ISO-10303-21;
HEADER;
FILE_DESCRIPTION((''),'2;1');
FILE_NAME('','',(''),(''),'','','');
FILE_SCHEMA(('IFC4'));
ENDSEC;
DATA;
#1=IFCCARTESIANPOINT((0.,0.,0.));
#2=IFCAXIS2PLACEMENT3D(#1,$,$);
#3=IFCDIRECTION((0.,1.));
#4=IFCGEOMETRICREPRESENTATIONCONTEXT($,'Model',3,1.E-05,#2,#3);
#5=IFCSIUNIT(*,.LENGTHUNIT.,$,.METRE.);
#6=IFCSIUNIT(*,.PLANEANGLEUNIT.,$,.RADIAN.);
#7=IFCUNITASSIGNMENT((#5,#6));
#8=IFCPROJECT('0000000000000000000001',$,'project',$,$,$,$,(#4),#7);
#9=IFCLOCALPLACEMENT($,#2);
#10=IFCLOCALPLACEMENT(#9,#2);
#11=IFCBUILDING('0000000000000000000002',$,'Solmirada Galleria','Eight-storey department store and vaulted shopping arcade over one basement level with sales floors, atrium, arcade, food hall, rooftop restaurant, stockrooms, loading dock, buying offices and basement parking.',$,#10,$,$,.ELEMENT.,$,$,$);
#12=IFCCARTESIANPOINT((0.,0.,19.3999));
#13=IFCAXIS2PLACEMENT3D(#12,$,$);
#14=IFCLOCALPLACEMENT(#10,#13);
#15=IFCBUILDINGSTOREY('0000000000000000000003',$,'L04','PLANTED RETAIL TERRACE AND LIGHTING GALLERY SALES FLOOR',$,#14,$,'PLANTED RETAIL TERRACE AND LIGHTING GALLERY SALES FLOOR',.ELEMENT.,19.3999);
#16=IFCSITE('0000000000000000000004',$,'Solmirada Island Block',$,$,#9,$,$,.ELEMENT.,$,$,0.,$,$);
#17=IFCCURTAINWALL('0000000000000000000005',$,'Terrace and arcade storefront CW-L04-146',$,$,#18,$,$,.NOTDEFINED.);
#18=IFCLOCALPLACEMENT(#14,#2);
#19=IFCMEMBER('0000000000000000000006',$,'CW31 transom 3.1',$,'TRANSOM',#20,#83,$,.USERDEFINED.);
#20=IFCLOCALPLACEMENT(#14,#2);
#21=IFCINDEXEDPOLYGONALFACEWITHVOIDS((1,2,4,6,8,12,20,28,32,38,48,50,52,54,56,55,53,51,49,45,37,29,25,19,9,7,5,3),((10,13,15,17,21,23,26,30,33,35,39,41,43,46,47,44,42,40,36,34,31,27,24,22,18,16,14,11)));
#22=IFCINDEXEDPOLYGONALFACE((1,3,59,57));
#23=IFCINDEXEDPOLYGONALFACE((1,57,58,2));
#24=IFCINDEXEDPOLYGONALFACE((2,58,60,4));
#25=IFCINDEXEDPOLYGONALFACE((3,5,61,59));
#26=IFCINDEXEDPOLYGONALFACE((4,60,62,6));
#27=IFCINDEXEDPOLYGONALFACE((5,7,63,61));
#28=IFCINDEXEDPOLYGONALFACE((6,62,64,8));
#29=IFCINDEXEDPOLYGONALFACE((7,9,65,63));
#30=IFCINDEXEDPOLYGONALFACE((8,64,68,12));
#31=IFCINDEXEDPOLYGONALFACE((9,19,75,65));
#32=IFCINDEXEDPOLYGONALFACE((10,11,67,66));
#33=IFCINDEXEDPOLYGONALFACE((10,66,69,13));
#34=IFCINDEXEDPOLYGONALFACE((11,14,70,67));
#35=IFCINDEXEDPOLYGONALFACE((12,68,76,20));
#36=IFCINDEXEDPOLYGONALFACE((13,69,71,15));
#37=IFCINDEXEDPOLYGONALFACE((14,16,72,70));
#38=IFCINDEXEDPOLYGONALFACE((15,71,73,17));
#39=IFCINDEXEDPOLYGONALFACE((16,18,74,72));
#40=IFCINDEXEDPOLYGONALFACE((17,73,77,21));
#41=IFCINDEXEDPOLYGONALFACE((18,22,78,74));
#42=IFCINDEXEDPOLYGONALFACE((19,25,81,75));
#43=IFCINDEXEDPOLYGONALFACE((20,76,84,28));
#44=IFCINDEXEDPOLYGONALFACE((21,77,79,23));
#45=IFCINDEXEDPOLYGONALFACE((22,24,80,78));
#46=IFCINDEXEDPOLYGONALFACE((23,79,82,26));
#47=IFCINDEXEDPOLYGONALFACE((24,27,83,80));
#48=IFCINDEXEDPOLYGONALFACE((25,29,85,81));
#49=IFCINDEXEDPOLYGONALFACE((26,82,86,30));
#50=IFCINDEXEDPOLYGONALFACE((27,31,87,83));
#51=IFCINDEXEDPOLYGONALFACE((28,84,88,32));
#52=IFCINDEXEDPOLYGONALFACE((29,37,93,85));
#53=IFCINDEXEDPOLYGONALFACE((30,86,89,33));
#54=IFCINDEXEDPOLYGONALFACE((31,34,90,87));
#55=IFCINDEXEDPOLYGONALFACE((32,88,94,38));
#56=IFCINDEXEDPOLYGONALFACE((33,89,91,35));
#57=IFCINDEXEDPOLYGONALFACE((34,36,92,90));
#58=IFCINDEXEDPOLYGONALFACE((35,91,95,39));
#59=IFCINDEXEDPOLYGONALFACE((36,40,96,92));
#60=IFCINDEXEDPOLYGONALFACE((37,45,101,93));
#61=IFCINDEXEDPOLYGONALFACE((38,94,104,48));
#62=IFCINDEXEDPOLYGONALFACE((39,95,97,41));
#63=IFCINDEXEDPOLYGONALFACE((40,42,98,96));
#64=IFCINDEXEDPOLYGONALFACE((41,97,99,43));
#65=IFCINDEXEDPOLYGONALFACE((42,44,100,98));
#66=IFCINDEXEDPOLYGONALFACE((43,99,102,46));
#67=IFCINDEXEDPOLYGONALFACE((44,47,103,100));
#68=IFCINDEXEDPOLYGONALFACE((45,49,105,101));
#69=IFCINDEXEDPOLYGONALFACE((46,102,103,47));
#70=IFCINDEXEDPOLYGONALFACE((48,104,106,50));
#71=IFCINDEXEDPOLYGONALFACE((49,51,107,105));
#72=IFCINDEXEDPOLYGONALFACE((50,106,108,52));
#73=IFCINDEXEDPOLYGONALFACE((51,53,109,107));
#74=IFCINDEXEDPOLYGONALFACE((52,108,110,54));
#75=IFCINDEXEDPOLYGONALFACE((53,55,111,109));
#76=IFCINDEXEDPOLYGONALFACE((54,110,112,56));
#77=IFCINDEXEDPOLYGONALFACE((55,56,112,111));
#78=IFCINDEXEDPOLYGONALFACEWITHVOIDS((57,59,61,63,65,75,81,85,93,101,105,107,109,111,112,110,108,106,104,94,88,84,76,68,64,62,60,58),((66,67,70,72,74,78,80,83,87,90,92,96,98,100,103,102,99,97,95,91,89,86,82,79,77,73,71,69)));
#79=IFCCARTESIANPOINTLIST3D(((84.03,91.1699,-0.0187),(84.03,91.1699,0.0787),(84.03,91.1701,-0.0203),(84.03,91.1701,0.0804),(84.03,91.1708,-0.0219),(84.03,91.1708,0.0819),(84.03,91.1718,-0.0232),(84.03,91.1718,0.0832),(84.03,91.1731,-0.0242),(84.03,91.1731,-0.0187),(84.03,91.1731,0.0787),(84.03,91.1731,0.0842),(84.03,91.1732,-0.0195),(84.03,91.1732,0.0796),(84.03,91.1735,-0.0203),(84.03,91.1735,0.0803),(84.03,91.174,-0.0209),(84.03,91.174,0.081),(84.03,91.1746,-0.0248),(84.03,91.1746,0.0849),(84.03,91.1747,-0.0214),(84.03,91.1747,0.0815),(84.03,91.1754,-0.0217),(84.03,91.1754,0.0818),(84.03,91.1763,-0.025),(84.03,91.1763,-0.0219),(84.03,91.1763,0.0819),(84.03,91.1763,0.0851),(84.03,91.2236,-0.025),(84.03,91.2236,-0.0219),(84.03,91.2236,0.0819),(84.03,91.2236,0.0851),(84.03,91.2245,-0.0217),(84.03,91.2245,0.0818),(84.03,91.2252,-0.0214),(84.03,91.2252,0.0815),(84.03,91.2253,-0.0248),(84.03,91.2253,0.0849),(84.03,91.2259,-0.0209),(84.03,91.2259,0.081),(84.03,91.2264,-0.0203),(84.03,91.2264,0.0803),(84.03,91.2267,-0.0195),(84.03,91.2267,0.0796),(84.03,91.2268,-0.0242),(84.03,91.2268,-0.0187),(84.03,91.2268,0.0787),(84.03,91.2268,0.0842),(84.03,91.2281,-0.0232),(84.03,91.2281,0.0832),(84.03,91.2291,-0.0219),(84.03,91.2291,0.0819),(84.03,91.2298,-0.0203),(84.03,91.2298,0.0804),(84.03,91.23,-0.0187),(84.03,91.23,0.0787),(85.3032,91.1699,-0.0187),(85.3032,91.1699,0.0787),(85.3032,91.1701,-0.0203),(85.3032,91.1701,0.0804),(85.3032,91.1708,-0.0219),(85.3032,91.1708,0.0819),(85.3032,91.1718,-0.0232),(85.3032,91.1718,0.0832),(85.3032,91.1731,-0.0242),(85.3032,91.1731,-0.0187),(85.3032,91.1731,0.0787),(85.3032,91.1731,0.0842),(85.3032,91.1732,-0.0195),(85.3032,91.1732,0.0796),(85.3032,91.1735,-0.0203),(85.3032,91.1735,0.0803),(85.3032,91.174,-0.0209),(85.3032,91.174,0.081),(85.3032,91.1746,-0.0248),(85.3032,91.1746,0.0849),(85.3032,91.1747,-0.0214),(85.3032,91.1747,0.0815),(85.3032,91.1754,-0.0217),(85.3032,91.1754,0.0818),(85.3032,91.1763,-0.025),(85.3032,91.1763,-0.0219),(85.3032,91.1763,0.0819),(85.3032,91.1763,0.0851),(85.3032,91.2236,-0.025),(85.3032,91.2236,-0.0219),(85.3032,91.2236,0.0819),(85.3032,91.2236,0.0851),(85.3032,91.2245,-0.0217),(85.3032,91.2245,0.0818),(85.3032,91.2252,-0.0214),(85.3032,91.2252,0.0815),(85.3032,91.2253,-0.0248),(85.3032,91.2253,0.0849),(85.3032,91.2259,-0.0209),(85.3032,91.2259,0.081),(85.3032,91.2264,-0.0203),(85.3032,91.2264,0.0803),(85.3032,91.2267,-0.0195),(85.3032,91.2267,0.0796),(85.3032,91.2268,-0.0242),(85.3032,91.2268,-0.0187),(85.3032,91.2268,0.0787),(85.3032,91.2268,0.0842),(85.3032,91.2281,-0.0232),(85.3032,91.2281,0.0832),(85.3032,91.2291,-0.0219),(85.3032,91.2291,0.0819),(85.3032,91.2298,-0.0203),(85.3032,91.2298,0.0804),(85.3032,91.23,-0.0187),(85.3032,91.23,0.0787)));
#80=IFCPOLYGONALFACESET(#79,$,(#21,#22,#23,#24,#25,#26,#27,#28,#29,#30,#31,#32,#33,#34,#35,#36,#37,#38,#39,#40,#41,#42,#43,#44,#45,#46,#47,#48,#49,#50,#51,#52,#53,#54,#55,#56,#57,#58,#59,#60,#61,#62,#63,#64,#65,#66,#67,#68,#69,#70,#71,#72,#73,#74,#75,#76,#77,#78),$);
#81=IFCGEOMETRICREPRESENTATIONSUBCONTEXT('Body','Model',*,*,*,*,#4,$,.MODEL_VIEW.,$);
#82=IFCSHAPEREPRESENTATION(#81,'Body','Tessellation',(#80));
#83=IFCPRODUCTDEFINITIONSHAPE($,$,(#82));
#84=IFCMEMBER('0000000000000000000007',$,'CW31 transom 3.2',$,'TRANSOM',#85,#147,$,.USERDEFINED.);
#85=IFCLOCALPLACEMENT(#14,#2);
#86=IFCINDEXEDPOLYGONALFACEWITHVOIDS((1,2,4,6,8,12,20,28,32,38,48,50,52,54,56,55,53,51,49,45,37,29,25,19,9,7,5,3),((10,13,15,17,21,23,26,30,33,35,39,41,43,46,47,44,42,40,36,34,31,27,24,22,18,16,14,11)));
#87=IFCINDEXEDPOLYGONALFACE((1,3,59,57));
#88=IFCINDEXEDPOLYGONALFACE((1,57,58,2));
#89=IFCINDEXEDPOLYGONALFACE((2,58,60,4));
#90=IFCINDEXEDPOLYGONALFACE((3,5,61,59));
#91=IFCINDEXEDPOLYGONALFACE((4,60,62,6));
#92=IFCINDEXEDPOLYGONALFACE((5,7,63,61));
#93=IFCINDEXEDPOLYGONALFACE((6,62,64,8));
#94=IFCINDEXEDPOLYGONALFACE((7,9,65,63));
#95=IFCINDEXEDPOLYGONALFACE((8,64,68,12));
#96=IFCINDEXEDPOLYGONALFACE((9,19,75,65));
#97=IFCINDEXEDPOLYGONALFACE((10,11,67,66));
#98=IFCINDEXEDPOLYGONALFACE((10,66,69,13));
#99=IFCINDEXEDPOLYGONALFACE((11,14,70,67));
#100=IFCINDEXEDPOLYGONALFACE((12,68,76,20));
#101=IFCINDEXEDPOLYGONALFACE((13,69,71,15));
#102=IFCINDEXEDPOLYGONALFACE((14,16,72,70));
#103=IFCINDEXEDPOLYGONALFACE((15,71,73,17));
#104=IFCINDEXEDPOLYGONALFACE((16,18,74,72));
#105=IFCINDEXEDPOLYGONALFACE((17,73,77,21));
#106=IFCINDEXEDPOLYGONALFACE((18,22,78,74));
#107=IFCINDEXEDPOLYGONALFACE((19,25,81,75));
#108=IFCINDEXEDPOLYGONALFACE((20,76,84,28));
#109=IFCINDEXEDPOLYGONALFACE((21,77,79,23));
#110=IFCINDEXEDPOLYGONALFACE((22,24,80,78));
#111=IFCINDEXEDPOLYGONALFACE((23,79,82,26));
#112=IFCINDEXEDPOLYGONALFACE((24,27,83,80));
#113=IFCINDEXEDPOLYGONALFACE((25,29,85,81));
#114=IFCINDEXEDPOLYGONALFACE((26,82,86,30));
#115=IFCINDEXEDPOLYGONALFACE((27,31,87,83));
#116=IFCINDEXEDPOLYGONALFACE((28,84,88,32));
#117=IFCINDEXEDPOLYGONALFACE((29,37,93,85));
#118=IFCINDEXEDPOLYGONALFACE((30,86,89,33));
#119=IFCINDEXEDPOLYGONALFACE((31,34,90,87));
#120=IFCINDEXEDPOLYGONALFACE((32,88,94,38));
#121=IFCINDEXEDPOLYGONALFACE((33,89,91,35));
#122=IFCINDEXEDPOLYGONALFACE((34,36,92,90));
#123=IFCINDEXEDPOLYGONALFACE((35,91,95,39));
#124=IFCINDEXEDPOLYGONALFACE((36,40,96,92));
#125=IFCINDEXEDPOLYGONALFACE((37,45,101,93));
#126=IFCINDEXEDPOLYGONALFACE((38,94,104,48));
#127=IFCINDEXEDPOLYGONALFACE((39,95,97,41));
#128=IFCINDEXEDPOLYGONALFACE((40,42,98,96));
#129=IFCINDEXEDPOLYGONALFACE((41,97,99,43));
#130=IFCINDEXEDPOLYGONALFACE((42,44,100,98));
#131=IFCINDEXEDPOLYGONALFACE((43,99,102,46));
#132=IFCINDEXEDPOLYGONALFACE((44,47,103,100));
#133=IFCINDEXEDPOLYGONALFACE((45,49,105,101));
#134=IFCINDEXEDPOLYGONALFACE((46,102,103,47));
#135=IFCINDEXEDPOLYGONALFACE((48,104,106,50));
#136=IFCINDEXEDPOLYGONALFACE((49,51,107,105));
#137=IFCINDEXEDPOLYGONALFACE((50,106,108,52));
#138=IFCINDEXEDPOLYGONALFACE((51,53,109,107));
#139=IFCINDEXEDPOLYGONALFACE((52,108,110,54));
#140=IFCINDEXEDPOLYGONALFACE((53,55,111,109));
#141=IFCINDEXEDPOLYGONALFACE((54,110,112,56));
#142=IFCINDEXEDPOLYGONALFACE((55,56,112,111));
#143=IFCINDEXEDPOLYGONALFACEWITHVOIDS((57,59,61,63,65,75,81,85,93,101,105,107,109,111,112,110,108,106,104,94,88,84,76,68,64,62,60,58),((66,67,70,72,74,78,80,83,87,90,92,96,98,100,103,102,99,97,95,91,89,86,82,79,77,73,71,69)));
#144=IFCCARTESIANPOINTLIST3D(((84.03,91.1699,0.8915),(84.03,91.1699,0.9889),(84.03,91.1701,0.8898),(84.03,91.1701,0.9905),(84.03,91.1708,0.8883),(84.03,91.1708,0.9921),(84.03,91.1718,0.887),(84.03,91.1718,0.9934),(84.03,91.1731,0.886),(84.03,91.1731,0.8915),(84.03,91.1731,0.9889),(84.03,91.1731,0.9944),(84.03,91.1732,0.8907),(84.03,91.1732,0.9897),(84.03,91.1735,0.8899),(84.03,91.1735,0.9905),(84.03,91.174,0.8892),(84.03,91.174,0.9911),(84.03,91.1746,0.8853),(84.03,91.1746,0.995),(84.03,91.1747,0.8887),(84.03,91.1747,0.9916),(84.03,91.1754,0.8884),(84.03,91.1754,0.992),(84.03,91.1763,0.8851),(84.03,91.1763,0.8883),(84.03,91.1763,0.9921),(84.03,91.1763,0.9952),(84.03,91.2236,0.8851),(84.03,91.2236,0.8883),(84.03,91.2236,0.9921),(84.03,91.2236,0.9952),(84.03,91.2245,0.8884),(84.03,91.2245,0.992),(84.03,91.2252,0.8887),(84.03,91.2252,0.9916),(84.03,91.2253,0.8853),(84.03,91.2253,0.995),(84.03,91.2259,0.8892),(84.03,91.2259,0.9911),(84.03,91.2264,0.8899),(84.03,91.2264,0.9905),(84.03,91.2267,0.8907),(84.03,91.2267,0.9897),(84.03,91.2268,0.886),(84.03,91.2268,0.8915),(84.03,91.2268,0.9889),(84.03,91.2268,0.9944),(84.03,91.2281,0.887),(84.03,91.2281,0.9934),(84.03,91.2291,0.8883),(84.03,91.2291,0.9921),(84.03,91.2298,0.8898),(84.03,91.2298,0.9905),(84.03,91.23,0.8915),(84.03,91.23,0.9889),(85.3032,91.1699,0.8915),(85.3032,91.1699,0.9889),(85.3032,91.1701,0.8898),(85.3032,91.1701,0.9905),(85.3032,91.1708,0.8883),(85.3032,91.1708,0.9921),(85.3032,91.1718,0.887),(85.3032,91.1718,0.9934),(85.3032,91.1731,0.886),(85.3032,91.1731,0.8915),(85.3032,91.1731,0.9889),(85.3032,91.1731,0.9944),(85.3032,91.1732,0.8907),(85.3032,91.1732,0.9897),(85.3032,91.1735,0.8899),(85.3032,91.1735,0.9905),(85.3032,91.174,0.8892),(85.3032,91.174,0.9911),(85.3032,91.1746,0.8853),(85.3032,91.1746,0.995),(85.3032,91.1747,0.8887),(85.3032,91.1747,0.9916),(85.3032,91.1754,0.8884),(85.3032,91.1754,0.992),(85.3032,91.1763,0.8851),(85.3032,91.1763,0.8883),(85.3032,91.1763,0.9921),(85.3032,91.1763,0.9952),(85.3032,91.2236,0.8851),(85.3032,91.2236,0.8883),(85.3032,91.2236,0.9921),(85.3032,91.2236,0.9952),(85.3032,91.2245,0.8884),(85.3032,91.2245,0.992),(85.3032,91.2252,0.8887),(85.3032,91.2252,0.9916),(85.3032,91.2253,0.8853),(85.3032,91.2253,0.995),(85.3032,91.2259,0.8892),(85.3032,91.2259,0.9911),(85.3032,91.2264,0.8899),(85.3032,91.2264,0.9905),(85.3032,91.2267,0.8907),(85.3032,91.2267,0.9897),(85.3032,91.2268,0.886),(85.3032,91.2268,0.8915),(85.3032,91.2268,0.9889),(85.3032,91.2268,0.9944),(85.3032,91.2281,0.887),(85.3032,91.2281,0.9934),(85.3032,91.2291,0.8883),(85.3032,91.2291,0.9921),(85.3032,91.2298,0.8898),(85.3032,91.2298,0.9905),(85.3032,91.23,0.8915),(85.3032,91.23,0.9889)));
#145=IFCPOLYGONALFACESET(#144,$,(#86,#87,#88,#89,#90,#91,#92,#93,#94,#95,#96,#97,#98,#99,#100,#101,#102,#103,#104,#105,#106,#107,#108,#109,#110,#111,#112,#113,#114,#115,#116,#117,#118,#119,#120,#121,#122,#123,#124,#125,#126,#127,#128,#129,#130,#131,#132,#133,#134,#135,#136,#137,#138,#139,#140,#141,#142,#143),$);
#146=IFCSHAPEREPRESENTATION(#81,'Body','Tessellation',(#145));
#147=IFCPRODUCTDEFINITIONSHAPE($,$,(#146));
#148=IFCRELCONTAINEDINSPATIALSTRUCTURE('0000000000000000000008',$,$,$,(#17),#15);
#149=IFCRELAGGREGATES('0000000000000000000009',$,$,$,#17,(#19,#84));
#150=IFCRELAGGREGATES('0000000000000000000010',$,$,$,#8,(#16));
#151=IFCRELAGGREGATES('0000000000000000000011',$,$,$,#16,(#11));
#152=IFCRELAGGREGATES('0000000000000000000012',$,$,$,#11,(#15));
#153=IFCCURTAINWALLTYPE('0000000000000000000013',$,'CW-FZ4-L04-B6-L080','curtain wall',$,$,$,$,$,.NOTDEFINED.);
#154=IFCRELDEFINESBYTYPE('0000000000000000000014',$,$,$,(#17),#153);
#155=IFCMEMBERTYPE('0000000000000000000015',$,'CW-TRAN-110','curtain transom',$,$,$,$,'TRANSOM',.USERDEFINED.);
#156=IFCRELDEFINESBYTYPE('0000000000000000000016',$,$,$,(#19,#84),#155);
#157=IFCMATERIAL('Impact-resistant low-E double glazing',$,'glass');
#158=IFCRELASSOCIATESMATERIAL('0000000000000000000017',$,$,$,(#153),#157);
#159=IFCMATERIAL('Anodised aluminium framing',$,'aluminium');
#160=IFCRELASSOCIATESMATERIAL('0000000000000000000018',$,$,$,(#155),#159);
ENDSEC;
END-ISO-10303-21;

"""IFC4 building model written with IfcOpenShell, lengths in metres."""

from ifc_helpers import new_model, si_unit, direction, frame, origin, origin_2d, place, context, subcontext, project, spatial, hollow_rectangle, extrude, material, material_profile, profile_set, type_object, element, aggregate, save


model = new_model("IFC4")

# Units and contexts
model_context = context("Model", 3, precision=1e-05, world=origin(), true_north=direction((0.0, 1.0)))
body_context = subcontext(model_context, "Body", "Model", "MODEL_VIEW")
ifc_project = project(units=[si_unit("LENGTHUNIT", "METRE"), si_unit("PLANEANGLEUNIT", "RADIAN")], contexts=[model_context])

# Site, building, storey
site_placement = place(None, origin())
site = spatial("IfcSite", under=ifc_project, at=site_placement, Name="Solmirada Island Block", CompositionType="ELEMENT", RefElevation=0.0)
building_placement = place(site_placement, origin())
building = spatial("IfcBuilding", under=site, at=building_placement, Name="Solmirada Galleria", Description="Eight-storey department store and vaulted shopping arcade over one basement level with sales floors, atrium, arcade, food hall, rooftop restaurant, stockrooms, loading dock, buying offices and basement parking.", CompositionType="ELEMENT")
storey_placement = place(building_placement, frame((0.0, 0.0, 19.3999)))
storey = spatial("IfcBuildingStorey", under=building, at=storey_placement, Name="L04", Description="PLANTED RETAIL TERRACE AND LIGHTING GALLERY SALES FLOOR", LongName="PLANTED RETAIL TERRACE AND LIGHTING GALLERY SALES FLOOR", CompositionType="ELEMENT", Elevation=19.3999)

# Curtain wall
ifc_material_1 = material(Name="Impact-resistant low-E double glazing", Category="glass")
curtain_wall_type = type_object("IfcCurtainWallType", Name="CW-FZ4-L04-B6-L080", Description="curtain wall", PredefinedType="NOTDEFINED", material=ifc_material_1)
curtain_wall_1_placement = place(storey_placement, origin())
curtain_wall_1 = element("IfcCurtainWall", 1, at=curtain_wall_1_placement, inside=storey, type_object=curtain_wall_type, Name="Terrace and arcade storefront CW-L04-146", PredefinedType="NOTDEFINED")
ifc_material_2 = material(Name="Anodised aluminium framing", Category="aluminium")

# Members
ifc_material_profile_1 = material_profile(ifc_material_2, hollow_rectangle(XDim=0.0601, YDim=0.1101, WallThickness=0.0032, InnerFilletRadius=0.0032, OuterFilletRadius=0.0063, at=origin_2d()), Name="ALU-TRAN-110X60")
ifc_profile_set_1 = profile_set([ifc_material_profile_1], Name="Anodised aluminium framing")
member_type_1 = type_object("IfcMemberType", Name="CW-TRAN-110", Description="curtain transom", ElementType="TRANSOM", PredefinedType="USERDEFINED", material=ifc_profile_set_1)
member_1_placement = place(storey_placement, frame((85.3032, 91.2, 0.03), z_axis=(-1.0, 0.0, 0.0), x_axis=(0.0, -1.0, 0.0)))
member_1 = element("IfcMember", 2, at=member_1_placement, type_object=member_type_1, Name="CW31 transom 3.1", ObjectType="TRANSOM", PredefinedType="USERDEFINED", context=body_context, shape_type="SweptSolid", body=[
    extrude(hollow_rectangle(XDim=0.0601, YDim=0.1101, WallThickness=0.0032, InnerFilletRadius=0.0032, OuterFilletRadius=0.0063, at=origin_2d()), origin(), (0.0, 0.0, 1.0), 1.2732),
])
member_2_placement = place(storey_placement, frame((85.3032, 91.2, 0.9402), z_axis=(-1.0, 0.0, 0.0), x_axis=(0.0, -1.0, 0.0)))
member_2 = element("IfcMember", 3, at=member_2_placement, type_object=member_type_1, Name="CW31 transom 3.2", ObjectType="TRANSOM", PredefinedType="USERDEFINED", context=body_context, shape_type="SweptSolid", body=[
    extrude(hollow_rectangle(XDim=0.0601, YDim=0.1101, WallThickness=0.0032, InnerFilletRadius=0.0032, OuterFilletRadius=0.0063, at=origin_2d()), origin(), (0.0, 0.0, 1.0), 1.2732),
])

aggregate(curtain_wall_1, [member_1, member_2])

save(model, "model.ifc")
